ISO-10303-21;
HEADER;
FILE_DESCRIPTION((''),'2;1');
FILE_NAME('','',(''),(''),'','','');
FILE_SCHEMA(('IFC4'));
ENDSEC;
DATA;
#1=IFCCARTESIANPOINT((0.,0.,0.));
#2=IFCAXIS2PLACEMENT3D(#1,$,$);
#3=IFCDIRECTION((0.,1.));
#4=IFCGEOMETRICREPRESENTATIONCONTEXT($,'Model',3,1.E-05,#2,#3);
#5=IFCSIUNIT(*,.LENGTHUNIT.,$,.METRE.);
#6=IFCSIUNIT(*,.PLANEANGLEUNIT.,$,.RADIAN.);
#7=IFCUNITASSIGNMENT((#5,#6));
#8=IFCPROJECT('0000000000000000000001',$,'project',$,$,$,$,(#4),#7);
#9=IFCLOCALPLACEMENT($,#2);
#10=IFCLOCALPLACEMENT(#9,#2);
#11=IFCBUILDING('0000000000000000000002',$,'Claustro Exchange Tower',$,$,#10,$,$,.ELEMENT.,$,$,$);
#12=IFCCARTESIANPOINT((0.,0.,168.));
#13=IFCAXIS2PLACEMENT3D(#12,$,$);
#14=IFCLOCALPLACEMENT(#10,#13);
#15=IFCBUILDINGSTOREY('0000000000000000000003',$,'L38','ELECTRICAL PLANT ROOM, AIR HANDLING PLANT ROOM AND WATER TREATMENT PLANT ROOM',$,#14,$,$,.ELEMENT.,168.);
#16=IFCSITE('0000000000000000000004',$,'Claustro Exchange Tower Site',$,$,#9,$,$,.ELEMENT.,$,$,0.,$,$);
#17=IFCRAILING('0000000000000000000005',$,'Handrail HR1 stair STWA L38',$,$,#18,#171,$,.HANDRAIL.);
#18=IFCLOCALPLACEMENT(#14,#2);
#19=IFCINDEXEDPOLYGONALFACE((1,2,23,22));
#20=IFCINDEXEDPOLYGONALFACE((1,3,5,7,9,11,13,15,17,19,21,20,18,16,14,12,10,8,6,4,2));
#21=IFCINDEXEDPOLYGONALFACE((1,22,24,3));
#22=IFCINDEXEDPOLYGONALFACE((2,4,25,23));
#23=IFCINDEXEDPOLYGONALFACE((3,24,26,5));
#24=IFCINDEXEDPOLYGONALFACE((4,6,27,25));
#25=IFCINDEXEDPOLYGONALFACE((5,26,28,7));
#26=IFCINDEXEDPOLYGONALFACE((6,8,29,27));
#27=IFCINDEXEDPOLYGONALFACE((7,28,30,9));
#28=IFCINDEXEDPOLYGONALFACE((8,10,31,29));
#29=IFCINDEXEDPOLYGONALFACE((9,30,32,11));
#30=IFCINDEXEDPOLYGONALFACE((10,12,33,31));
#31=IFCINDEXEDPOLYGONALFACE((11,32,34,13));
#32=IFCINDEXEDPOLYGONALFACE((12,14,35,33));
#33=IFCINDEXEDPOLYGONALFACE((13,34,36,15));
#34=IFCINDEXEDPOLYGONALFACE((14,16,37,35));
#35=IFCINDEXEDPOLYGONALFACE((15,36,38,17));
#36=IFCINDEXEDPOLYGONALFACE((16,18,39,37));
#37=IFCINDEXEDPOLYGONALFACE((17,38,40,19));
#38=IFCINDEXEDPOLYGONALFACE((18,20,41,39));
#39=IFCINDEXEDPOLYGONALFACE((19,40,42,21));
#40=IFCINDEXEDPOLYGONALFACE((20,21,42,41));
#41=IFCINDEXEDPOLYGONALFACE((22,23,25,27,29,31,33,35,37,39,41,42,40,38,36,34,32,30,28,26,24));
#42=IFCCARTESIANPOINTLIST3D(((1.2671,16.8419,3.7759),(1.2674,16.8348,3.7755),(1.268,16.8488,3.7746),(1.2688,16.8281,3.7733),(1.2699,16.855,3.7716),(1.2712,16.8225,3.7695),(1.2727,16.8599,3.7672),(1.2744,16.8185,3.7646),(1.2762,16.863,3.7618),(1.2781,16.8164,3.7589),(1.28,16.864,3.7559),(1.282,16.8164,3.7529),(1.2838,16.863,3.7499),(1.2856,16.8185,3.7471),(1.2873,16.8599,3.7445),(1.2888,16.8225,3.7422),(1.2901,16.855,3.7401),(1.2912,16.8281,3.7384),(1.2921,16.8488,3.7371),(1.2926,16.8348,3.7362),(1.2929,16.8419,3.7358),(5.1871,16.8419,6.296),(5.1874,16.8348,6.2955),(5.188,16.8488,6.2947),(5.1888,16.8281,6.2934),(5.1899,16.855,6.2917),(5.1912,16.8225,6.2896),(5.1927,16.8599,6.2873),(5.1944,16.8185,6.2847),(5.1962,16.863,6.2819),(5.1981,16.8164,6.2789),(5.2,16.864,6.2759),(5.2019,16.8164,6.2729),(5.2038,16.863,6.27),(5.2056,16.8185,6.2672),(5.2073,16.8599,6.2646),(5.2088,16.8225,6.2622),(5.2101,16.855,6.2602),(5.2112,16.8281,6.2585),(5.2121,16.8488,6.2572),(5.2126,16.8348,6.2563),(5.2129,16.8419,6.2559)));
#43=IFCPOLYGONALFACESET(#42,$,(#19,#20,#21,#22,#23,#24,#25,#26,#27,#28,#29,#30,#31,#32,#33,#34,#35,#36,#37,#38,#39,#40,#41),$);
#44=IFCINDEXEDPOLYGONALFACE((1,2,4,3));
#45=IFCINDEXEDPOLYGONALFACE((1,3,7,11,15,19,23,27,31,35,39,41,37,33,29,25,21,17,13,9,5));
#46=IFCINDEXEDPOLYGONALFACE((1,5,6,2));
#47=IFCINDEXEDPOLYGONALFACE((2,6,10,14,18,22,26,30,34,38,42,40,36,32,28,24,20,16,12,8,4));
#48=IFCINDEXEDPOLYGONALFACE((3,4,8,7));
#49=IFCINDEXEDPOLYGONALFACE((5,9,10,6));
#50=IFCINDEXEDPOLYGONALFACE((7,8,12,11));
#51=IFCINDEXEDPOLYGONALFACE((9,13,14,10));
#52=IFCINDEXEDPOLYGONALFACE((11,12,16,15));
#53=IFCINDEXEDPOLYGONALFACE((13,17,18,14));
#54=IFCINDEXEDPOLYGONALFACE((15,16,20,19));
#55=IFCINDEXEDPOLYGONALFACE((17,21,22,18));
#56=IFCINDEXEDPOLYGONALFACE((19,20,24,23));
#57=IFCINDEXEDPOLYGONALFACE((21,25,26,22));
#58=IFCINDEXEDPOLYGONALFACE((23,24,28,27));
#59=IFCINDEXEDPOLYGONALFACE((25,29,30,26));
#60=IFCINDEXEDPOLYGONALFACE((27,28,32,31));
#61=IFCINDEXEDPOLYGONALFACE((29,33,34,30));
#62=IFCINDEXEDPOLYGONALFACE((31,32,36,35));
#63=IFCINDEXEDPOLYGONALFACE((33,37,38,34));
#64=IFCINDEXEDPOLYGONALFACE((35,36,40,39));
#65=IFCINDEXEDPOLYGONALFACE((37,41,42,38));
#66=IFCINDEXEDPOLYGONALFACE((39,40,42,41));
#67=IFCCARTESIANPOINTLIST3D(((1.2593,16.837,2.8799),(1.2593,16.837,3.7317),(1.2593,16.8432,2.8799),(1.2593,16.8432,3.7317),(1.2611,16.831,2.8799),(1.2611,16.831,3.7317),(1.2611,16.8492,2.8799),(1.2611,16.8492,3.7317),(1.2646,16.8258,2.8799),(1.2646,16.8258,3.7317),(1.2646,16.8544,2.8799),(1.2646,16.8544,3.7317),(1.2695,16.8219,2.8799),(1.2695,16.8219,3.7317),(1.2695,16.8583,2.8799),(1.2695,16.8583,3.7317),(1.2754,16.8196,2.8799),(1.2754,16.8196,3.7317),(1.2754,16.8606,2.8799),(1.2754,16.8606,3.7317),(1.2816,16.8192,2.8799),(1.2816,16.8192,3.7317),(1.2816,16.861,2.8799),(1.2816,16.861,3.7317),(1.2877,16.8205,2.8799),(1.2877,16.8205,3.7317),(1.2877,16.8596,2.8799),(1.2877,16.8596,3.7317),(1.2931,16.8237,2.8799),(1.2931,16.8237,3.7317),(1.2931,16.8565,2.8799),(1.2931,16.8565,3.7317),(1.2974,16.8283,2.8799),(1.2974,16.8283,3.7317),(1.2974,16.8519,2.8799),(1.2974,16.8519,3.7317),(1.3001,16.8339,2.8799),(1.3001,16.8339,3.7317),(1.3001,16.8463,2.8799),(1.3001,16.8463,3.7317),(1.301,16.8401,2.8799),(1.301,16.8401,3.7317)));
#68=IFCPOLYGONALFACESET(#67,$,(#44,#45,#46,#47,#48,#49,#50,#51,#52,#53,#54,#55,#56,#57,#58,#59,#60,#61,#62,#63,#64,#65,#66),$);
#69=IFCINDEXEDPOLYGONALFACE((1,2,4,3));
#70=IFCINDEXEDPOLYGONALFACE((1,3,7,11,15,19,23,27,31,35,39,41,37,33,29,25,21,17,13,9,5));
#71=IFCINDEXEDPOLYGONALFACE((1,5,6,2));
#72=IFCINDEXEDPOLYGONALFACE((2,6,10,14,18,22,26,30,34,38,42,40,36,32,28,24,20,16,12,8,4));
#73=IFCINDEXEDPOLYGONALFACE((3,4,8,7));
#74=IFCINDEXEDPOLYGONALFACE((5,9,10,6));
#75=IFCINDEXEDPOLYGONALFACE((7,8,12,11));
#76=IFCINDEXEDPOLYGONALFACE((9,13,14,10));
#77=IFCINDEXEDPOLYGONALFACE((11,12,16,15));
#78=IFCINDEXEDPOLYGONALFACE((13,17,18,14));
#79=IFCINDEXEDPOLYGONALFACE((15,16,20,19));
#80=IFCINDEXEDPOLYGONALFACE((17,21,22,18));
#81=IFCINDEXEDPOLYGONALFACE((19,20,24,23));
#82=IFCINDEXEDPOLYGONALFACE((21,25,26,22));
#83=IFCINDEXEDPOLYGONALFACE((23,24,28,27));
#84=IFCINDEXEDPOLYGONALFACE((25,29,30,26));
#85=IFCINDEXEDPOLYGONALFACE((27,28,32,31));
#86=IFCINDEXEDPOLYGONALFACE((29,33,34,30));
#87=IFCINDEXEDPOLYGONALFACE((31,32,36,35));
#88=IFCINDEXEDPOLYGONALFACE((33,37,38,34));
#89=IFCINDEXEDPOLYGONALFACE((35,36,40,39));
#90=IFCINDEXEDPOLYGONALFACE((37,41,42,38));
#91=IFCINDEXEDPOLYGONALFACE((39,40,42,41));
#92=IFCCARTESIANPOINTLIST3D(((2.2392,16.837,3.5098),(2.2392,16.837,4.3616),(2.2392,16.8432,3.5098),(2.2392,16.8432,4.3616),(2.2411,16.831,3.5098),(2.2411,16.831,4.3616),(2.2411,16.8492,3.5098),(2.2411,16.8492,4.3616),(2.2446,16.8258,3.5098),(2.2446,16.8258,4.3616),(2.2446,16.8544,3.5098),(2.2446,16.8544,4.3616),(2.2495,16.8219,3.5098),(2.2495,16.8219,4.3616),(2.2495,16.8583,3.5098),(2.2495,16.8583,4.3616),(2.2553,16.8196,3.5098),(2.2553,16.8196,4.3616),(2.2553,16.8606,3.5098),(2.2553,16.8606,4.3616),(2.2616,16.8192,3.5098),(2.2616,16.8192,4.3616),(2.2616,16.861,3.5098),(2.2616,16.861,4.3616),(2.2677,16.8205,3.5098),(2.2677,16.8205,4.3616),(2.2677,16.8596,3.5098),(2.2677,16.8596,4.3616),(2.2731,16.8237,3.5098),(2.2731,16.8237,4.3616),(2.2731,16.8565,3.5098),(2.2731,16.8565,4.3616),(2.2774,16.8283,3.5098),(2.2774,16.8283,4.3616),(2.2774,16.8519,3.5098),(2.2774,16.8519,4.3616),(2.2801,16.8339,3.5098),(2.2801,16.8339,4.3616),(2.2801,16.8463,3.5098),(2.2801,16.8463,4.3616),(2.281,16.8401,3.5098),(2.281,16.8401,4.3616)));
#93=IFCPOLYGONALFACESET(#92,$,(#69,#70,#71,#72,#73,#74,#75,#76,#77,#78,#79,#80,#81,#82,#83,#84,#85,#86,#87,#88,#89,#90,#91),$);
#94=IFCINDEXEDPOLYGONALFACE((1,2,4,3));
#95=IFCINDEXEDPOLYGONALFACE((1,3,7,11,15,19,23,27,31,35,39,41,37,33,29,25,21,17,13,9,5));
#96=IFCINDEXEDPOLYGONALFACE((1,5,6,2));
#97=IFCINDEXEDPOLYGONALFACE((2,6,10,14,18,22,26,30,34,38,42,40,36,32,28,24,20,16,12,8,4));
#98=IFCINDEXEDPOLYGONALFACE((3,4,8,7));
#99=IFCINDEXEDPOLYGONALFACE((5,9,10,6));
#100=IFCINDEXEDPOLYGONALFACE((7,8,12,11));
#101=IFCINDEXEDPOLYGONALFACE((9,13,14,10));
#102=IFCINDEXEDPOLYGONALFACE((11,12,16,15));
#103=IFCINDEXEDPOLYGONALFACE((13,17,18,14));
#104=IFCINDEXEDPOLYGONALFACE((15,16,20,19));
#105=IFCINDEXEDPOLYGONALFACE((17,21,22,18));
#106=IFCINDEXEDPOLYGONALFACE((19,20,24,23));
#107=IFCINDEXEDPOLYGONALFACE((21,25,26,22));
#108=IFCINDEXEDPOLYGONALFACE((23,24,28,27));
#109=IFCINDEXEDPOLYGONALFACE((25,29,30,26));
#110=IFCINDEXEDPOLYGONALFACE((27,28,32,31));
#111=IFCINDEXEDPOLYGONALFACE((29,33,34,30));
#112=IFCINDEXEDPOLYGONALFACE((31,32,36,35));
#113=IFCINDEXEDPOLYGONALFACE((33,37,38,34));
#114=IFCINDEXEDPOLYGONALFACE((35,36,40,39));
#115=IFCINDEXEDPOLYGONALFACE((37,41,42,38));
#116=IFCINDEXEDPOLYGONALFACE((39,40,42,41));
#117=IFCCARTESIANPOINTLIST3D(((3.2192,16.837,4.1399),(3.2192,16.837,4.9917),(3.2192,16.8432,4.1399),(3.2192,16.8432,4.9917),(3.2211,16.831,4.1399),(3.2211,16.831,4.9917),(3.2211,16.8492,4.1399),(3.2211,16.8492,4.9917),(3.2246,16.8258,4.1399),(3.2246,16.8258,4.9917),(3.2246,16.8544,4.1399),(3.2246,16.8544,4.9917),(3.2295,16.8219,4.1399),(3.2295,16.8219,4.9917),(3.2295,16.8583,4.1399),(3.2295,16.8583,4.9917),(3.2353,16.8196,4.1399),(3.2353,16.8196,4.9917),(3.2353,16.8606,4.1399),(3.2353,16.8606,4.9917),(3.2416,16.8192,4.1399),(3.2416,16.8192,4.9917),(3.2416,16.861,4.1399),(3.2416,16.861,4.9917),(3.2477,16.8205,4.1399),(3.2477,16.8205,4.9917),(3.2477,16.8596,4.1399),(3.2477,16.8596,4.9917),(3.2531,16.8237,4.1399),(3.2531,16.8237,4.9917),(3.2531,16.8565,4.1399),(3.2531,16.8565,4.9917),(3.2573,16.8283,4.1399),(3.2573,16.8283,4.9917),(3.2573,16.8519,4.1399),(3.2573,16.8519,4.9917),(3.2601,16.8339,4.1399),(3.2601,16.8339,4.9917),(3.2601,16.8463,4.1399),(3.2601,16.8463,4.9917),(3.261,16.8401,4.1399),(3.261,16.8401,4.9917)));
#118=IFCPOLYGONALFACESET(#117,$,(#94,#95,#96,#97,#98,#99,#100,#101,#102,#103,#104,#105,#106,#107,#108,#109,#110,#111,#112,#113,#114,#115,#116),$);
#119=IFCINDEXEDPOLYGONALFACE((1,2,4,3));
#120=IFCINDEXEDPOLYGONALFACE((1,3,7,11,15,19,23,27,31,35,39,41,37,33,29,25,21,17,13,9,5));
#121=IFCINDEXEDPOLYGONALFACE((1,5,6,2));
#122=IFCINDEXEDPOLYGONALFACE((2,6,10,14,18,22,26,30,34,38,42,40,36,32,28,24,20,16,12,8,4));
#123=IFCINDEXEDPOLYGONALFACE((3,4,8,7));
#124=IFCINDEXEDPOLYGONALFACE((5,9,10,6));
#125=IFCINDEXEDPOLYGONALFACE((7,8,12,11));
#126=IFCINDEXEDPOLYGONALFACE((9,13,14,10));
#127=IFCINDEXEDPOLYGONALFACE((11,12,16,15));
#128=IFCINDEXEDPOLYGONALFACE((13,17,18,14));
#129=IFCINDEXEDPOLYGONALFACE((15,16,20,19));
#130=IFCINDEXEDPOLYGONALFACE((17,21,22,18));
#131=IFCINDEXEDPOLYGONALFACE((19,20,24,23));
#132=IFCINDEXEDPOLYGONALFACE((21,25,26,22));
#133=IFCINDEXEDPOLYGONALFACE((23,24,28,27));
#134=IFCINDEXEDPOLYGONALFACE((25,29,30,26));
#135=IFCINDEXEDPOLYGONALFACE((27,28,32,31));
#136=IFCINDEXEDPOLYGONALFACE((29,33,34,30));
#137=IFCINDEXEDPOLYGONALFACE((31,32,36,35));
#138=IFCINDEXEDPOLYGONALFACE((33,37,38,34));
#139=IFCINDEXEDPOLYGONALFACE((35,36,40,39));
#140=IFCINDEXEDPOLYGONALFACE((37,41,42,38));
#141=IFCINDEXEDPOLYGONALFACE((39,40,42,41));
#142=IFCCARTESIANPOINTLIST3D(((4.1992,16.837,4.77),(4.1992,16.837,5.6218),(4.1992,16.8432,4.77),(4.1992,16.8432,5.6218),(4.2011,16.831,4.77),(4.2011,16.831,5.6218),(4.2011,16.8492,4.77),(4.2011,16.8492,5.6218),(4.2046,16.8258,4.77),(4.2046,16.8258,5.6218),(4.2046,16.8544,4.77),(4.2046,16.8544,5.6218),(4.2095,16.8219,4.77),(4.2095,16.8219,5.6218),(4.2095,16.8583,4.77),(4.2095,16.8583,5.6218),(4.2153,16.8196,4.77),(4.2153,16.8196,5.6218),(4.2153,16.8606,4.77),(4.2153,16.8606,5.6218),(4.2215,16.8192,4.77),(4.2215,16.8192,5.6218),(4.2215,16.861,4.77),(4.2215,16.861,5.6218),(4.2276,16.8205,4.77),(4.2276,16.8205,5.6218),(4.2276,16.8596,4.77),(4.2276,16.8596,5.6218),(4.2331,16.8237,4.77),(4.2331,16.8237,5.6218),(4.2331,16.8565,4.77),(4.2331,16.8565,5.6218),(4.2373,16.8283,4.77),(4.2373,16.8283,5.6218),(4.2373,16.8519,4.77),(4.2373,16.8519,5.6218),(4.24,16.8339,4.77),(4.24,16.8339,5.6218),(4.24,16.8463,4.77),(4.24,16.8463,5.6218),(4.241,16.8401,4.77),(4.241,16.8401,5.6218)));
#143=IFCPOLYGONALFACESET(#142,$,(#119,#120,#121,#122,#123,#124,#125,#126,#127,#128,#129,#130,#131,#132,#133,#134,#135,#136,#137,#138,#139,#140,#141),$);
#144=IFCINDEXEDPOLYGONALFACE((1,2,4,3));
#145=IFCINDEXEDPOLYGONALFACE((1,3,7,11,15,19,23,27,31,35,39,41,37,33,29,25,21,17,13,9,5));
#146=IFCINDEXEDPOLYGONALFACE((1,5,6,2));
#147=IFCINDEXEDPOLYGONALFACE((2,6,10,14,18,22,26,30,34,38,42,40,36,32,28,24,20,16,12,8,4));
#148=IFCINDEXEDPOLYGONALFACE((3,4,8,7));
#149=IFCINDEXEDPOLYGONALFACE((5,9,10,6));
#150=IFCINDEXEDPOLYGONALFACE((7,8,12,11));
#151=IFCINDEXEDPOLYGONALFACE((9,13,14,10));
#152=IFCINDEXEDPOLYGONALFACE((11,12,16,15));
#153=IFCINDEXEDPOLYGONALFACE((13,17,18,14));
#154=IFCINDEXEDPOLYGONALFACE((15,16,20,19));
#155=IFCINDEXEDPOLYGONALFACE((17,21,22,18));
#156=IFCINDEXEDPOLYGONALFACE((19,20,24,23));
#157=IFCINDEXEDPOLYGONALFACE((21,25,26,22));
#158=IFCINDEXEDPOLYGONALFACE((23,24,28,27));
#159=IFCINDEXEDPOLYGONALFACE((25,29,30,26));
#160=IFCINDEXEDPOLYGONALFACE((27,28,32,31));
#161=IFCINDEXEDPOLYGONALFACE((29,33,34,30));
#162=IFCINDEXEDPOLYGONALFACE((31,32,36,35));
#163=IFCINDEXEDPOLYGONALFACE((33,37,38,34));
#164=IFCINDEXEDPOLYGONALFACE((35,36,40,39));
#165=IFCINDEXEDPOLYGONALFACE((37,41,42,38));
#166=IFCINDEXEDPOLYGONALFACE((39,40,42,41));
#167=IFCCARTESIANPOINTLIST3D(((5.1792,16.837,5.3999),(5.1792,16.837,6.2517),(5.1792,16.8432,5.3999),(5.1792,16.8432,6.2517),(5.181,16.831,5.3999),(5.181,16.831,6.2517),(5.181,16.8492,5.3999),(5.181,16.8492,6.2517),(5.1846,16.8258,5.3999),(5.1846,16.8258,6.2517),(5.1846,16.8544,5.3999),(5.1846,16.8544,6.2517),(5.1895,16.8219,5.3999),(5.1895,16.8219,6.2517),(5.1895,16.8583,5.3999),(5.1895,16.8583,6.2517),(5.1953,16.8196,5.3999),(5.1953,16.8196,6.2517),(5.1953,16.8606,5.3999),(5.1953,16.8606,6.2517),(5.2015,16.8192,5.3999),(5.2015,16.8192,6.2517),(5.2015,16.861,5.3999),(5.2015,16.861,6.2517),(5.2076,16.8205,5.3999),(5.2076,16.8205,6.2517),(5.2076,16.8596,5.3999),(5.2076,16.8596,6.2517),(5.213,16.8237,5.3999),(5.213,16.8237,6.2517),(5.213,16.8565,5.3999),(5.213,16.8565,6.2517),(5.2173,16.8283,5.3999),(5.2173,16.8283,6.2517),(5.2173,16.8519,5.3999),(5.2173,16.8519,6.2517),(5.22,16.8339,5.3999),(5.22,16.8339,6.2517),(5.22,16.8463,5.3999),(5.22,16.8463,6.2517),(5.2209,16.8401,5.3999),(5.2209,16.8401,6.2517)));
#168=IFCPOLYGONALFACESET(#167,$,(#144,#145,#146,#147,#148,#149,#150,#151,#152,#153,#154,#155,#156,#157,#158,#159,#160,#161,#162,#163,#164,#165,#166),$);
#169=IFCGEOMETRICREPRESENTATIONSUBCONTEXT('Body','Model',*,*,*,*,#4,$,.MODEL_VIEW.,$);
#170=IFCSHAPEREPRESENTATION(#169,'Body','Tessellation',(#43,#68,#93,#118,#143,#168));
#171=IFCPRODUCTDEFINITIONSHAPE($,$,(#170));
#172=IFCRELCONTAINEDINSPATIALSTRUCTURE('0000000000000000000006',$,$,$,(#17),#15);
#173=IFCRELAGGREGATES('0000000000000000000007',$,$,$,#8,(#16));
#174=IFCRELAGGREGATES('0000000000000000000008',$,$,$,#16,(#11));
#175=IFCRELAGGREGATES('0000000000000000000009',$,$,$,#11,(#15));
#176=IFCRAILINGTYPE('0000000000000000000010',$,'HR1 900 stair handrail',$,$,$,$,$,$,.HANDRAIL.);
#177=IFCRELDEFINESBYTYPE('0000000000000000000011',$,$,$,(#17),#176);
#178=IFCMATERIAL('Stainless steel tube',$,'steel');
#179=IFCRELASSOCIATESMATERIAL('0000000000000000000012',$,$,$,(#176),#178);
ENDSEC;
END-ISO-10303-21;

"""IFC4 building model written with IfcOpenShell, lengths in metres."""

from ifc_helpers import new_model, si_unit, direction, frame, origin, origin_2d, place, context, subcontext, project, spatial, circle, extrude, material, type_object, element, save


model = new_model("IFC4")

# Units and contexts
model_context = context("Model", 3, precision=1e-05, world=origin(), true_north=direction((0.0, 1.0)))
body_context = subcontext(model_context, "Body", "Model", "MODEL_VIEW")
ifc_project = project(units=[si_unit("LENGTHUNIT", "METRE"), si_unit("PLANEANGLEUNIT", "RADIAN")], contexts=[model_context])

# Site, building, storey
site_placement = place(None, origin())
site = spatial("IfcSite", under=ifc_project, at=site_placement, Name="Claustro Exchange Tower Site", CompositionType="ELEMENT", RefElevation=0.0)
building_placement = place(site_placement, origin())
building = spatial("IfcBuilding", under=site, at=building_placement, Name="Claustro Exchange Tower", CompositionType="ELEMENT")
storey_placement = place(building_placement, frame((0.0, 0.0, 168.0)))
storey = spatial("IfcBuildingStorey", under=building, at=storey_placement, Name="L38", Description="ELECTRICAL PLANT ROOM, AIR HANDLING PLANT ROOM AND WATER TREATMENT PLANT ROOM", CompositionType="ELEMENT", Elevation=168.0)

# Railing
ifc_material_1 = material(Name="Stainless steel tube", Category="steel")
railing_type_1 = type_object("IfcRailingType", Name="HR1 900 stair handrail", PredefinedType="HANDRAIL", material=ifc_material_1)
railing_1_placement = place(storey_placement, frame((1.28, 16.8401, 2.8799)))
element("IfcRailing", 1, at=railing_1_placement, inside=storey, type_object=railing_type_1, Name="Handrail HR1 stair STWA L38", PredefinedType="HANDRAIL", context=body_context, shape_type="SweptSolid", body=[
    extrude(circle(Radius=0.0239, at=origin_2d()), frame((0.0, 0.0, 0.876), z_axis=(0.841172, 0.0, 0.540768), x_axis=(0.0, 1.0, 0.0)), (0.0, 0.0, 1.0), 4.6602),
    extrude(circle(Radius=0.021, at=origin_2d()), origin(), (0.0, 0.0, 1.0), 0.8518),
    extrude(circle(Radius=0.021, at=origin_2d()), frame((0.98, 0.0, 0.6299)), (0.0, 0.0, 1.0), 0.8518),
    extrude(circle(Radius=0.021, at=origin_2d()), frame((1.96, 0.0, 1.26)), (0.0, 0.0, 1.0), 0.8518),
    extrude(circle(Radius=0.021, at=origin_2d()), frame((2.9399, 0.0, 1.8901)), (0.0, 0.0, 1.0), 0.8518),
    extrude(circle(Radius=0.021, at=origin_2d()), frame((3.9199, 0.0, 2.52)), (0.0, 0.0, 1.0), 0.8518),
])

save(model, "model.ifc")
